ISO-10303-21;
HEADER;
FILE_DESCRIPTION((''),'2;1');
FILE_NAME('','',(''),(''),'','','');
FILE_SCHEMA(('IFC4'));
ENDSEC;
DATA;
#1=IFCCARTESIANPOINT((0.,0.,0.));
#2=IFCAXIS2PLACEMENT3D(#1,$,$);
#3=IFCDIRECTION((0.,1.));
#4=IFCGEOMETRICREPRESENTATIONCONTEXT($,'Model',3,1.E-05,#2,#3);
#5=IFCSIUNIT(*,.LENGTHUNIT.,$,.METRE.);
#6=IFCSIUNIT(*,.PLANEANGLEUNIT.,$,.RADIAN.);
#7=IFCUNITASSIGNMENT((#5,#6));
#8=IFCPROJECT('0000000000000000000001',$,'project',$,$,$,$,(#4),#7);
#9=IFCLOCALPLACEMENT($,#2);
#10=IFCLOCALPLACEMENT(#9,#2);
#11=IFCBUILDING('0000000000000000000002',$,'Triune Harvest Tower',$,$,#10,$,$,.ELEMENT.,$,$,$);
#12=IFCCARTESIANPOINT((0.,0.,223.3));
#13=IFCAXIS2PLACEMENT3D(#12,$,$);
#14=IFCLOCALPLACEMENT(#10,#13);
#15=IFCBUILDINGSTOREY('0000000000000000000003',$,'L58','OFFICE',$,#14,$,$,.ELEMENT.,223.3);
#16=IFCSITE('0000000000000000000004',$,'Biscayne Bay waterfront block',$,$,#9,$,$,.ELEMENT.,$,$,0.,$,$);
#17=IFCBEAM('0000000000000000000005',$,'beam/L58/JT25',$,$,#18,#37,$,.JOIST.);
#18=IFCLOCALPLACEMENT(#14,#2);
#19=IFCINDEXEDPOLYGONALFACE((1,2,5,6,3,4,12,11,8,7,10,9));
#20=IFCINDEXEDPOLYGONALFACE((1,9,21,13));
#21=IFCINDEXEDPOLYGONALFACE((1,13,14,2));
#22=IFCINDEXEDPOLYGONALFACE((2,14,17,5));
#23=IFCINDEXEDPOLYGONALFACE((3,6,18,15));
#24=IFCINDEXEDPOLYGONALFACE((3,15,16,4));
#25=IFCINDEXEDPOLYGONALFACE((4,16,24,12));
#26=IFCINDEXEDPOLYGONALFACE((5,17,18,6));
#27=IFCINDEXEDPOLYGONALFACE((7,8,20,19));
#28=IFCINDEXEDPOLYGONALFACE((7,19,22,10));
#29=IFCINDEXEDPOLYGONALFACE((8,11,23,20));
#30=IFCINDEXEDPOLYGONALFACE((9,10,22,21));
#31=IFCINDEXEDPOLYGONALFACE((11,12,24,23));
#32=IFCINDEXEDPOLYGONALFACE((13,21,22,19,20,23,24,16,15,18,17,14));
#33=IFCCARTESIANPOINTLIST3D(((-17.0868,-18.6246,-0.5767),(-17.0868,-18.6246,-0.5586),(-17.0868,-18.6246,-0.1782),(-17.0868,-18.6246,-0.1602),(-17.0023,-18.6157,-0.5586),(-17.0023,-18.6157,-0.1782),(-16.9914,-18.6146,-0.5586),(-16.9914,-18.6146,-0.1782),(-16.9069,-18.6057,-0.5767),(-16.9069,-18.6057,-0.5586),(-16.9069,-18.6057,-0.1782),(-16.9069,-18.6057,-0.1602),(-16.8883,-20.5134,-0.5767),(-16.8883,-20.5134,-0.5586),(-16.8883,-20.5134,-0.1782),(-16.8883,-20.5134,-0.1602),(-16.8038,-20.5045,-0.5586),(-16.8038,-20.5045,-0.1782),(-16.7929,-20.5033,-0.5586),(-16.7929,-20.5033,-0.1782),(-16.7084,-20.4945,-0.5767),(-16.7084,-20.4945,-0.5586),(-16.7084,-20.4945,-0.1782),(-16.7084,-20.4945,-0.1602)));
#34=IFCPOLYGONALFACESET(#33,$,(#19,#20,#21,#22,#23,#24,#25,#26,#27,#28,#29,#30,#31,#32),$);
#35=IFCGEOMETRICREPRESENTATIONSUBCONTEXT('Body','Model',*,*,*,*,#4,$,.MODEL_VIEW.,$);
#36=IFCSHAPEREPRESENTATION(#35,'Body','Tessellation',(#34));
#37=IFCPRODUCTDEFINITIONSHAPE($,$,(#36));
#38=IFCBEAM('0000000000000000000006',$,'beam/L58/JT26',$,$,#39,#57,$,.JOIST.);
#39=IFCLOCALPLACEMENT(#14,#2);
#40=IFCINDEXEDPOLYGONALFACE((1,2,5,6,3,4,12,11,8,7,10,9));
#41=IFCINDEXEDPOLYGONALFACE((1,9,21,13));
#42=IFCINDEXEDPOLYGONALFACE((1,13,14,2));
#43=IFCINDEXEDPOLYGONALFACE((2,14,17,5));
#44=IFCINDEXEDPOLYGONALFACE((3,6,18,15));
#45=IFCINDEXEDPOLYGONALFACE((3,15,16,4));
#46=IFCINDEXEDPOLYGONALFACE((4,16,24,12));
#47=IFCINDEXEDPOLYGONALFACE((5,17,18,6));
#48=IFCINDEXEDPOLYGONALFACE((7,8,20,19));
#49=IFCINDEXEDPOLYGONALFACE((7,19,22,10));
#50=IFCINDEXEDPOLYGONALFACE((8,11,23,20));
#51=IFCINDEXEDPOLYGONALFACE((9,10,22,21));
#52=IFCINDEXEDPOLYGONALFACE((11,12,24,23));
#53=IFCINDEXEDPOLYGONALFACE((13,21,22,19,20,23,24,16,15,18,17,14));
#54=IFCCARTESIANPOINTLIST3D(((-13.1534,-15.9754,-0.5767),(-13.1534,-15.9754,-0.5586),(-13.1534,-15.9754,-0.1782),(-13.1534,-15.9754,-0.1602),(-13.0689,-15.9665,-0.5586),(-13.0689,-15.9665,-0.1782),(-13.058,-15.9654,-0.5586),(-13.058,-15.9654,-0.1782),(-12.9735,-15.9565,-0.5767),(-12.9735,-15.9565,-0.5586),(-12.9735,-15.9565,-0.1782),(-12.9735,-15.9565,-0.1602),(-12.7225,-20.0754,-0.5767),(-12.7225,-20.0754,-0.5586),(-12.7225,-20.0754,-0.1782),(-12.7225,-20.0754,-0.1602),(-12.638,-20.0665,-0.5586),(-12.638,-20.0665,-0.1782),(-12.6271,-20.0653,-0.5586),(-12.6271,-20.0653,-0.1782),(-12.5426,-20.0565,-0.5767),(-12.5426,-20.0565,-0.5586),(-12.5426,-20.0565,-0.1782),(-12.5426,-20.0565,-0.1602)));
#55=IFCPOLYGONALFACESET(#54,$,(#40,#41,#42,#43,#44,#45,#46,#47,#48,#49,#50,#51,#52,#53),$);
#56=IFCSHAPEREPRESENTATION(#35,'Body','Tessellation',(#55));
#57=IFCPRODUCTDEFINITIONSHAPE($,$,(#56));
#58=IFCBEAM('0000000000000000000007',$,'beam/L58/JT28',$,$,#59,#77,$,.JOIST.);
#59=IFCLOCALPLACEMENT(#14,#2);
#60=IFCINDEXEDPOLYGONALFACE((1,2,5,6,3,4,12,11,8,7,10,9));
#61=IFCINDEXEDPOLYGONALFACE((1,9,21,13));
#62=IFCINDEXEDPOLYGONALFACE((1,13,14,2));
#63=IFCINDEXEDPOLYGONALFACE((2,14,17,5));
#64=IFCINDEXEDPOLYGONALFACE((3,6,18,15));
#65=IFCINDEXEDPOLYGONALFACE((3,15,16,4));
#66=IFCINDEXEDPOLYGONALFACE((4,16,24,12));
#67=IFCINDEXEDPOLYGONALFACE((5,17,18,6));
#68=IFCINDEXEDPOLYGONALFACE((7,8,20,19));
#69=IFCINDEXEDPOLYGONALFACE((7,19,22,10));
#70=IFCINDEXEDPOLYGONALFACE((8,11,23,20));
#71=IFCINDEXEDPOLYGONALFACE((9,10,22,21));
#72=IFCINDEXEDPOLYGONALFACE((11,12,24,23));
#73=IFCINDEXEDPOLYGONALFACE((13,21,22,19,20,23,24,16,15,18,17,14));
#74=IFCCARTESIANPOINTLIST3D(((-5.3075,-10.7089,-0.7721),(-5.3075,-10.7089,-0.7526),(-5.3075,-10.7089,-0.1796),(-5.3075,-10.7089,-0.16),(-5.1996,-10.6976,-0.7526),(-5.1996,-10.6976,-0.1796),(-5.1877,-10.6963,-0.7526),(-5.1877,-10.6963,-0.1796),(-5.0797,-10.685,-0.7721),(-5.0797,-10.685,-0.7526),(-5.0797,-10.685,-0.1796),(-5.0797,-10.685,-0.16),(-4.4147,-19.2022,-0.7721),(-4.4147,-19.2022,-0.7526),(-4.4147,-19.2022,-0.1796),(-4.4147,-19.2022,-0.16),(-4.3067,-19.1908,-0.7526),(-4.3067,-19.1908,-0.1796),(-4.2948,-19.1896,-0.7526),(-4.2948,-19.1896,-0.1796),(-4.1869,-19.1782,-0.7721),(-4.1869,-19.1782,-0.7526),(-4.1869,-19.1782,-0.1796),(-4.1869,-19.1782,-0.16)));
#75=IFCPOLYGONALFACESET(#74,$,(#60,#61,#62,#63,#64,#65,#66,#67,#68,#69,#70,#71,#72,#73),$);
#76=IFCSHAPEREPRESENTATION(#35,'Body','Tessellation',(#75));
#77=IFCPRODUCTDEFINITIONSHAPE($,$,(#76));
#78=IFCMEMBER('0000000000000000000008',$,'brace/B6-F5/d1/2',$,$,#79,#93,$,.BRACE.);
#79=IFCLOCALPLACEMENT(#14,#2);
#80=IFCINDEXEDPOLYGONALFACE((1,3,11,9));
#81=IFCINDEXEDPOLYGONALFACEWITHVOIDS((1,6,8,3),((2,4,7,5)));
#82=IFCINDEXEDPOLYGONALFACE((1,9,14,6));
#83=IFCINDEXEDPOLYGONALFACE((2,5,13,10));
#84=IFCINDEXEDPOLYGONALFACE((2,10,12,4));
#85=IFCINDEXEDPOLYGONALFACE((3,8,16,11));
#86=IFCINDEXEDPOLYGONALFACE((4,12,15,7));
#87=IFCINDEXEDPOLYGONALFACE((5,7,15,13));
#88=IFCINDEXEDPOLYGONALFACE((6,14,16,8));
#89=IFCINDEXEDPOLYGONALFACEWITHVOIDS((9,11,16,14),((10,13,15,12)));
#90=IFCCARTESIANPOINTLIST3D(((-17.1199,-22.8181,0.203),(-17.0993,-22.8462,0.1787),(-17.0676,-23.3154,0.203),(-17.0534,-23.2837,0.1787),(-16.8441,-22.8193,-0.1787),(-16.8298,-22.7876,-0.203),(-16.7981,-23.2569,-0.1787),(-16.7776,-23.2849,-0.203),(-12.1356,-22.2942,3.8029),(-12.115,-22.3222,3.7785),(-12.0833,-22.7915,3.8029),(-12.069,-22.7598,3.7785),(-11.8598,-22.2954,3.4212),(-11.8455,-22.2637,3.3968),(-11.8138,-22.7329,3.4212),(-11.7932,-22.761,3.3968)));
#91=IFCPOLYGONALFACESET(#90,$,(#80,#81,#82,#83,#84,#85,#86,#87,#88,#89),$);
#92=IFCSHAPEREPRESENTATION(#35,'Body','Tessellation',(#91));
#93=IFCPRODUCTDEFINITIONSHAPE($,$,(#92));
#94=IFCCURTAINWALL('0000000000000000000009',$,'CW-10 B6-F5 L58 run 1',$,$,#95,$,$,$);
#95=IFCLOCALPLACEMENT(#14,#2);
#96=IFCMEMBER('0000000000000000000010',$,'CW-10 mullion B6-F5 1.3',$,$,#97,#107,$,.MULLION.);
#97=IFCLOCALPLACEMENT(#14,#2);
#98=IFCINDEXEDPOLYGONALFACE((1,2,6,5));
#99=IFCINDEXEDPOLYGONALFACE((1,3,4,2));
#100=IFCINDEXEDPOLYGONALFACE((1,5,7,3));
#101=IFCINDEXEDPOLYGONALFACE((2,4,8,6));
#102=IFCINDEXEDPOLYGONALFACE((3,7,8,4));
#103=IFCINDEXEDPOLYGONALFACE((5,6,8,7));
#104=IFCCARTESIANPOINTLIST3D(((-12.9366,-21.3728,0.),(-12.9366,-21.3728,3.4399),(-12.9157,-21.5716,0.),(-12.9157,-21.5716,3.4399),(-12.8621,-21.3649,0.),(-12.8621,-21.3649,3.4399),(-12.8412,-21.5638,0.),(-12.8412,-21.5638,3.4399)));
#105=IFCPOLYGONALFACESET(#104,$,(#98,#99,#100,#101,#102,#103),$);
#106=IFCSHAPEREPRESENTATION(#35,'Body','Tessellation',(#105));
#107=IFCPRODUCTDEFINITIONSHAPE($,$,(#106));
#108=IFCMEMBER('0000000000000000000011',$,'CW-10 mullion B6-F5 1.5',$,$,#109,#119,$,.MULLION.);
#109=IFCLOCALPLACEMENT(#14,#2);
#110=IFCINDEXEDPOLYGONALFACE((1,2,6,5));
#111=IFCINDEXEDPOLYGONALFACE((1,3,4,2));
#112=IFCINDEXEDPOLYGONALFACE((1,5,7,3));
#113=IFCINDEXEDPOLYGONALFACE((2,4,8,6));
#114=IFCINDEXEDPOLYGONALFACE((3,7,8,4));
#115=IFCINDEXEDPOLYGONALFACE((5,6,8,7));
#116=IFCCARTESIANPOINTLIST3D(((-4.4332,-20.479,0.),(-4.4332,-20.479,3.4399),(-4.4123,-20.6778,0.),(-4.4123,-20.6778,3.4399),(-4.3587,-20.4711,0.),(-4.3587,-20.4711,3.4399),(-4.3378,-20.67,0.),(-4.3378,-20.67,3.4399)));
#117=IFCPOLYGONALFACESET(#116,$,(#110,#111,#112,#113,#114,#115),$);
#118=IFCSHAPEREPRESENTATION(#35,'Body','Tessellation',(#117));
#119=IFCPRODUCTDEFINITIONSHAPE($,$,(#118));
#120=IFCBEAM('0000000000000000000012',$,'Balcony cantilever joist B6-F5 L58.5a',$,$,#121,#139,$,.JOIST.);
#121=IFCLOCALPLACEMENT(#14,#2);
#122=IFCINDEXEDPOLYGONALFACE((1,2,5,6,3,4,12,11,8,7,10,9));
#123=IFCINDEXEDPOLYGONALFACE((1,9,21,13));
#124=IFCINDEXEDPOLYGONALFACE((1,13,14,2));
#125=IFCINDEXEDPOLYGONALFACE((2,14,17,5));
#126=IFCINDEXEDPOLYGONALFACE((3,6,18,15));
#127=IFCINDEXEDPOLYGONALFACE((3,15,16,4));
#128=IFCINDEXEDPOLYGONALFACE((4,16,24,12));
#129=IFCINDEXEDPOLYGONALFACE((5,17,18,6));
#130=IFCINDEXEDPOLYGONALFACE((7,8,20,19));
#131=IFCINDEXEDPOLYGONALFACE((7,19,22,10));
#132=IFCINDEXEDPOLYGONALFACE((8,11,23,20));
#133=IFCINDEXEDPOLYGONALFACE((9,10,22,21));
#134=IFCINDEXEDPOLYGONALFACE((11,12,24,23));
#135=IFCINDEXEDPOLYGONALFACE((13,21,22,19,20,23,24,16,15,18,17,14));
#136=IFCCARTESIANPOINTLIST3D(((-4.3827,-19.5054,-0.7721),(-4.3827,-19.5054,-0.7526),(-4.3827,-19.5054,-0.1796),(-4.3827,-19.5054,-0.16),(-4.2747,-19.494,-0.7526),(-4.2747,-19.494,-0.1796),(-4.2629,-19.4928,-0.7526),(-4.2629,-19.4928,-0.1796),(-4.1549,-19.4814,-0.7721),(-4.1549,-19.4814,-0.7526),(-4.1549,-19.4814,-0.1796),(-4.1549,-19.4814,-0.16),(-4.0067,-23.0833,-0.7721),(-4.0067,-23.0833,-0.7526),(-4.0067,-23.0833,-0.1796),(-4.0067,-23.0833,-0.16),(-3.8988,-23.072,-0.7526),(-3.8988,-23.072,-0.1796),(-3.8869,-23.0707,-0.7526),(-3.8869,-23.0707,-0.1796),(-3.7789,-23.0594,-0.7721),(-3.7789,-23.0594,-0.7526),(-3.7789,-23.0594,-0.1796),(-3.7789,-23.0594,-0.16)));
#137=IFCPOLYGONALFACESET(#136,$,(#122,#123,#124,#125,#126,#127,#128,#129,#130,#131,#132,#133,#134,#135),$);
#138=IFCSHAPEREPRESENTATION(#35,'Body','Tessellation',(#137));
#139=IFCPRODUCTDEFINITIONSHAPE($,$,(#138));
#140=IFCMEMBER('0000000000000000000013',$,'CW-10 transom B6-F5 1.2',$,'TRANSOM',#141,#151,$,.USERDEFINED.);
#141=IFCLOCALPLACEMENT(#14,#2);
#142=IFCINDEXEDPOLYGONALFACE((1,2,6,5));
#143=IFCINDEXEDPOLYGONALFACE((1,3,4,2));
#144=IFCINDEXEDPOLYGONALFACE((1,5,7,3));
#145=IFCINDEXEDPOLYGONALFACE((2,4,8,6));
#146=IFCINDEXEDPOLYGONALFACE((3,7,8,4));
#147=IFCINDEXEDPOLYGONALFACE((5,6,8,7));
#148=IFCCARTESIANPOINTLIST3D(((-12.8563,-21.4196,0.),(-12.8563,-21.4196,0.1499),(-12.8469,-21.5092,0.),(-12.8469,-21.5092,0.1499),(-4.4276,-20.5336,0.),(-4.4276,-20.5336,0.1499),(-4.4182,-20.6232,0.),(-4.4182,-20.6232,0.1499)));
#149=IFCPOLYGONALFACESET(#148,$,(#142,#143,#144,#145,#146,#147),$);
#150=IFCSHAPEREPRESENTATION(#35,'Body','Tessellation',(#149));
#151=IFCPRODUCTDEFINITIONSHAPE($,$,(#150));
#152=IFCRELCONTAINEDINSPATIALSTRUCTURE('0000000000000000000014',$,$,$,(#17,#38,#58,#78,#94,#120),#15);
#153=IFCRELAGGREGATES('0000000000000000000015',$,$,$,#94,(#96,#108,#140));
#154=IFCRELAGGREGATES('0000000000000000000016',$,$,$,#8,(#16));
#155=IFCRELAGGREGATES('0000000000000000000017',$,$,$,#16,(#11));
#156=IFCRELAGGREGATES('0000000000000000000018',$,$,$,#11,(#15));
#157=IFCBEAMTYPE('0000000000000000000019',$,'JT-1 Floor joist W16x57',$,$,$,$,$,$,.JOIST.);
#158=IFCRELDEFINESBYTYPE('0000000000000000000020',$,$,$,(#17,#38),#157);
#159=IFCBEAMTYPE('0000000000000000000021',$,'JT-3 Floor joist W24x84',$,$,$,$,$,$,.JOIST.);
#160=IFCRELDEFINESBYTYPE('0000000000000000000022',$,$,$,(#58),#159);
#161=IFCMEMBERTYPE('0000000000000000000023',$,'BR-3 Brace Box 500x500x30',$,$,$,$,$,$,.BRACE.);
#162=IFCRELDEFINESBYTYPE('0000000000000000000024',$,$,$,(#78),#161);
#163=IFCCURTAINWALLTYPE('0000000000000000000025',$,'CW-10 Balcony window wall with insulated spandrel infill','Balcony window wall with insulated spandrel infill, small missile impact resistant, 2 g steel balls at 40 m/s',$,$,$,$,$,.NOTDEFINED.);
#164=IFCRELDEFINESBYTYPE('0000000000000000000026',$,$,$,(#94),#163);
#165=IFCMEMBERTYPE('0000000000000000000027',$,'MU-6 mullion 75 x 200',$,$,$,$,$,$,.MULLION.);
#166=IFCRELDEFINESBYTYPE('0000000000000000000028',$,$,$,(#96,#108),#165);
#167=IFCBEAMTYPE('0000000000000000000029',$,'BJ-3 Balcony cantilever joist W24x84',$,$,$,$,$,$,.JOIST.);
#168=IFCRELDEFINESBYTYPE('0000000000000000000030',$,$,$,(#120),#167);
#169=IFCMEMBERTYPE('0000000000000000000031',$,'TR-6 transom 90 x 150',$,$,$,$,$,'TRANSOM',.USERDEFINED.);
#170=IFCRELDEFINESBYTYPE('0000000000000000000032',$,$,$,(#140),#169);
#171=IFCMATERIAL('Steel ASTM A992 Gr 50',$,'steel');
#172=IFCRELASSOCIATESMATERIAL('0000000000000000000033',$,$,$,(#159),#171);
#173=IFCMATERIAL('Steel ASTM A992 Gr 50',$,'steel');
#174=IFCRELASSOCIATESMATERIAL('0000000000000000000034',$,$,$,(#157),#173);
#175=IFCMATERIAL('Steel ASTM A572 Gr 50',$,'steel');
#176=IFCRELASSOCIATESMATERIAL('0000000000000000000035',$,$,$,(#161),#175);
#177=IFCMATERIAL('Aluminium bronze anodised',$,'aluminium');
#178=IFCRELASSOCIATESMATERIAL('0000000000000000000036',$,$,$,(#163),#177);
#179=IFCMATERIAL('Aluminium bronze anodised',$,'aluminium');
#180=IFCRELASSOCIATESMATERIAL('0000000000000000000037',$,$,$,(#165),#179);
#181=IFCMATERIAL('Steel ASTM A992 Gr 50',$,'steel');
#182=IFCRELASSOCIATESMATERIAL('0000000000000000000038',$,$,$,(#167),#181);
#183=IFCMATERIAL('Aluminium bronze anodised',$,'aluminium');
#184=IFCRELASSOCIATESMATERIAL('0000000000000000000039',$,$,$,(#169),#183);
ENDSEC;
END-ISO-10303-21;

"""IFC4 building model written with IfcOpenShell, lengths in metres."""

from ifc_helpers import new_model, si_unit, direction, frame, origin, origin_2d, place, context, subcontext, project, spatial, rectangle, hollow_rectangle, i_section, extrude, source, transform, mapped, material, material_profile, profile_set, type_object, element, aggregate, save


model = new_model("IFC4")

# Units and contexts
model_context = context("Model", 3, precision=1e-05, world=origin(), true_north=direction((0.0, 1.0)))
body_context = subcontext(model_context, "Body", "Model", "MODEL_VIEW")
ifc_project = project(units=[si_unit("LENGTHUNIT", "METRE"), si_unit("PLANEANGLEUNIT", "RADIAN")], contexts=[model_context])

# Site, building, storey
site_placement = place(None, origin())
site = spatial("IfcSite", under=ifc_project, at=site_placement, Name="Biscayne Bay waterfront block", CompositionType="ELEMENT", RefElevation=0.0)
building_placement = place(site_placement, origin())
building = spatial("IfcBuilding", under=site, at=building_placement, Name="Triune Harvest Tower", CompositionType="ELEMENT")
storey_placement = place(building_placement, frame((0.0, 0.0, 223.3)))
storey = spatial("IfcBuildingStorey", under=building, at=storey_placement, Name="L58", Description="OFFICE", CompositionType="ELEMENT", Elevation=223.3)

# Beams
ifc_material_1 = material(Name="Steel ASTM A992 Gr 50", Category="steel")
ifc_material_profile_1 = material_profile(ifc_material_1, i_section(OverallWidth=0.229, OverallDepth=0.6121, WebThickness=0.012, FlangeThickness=0.0195, at=origin_2d()), Name="W24x84")
ifc_profile_set_1 = profile_set([ifc_material_profile_1], Name="Steel ASTM A992 Gr 50")
beam_type_1 = type_object("IfcBeamType", Name="JT-3 Floor joist W24x84", PredefinedType="JOIST", material=ifc_profile_set_1)
ifc_material_2 = material(Name="Steel ASTM A992 Gr 50", Category="steel")
ifc_material_profile_2 = material_profile(ifc_material_2, i_section(OverallWidth=0.1809, OverallDepth=0.4165, WebThickness=0.011, FlangeThickness=0.0181, at=origin_2d()), Name="W16x57")
ifc_profile_set_2 = profile_set([ifc_material_profile_2], Name="Steel ASTM A992 Gr 50")
beam_type_2 = type_object("IfcBeamType", Name="JT-1 Floor joist W16x57", PredefinedType="JOIST", material=ifc_profile_set_2)
shared_shape_1 = source(origin(), body_context, "Body", "SweptSolid", [
    extrude(i_section(OverallWidth=0.1809, OverallDepth=0.4165, WebThickness=0.011, FlangeThickness=0.0181, at=origin_2d()), origin(), (0.0, 0.0, 1.0), 1.8992),
])
beam_1_placement = place(storey_placement, frame((-16.7983, -20.5039, -0.3684), z_axis=(-0.104517, 0.994523, 0.0), x_axis=(-0.994523, -0.104517, 0.0)))
element("IfcBeam", 1, at=beam_1_placement, inside=storey, type_object=beam_type_2, Name="beam/L58/JT25", PredefinedType="JOIST", context=body_context, shape_type="MappedRepresentation", body=[
    mapped(shared_shape_1, transform((0.0, 0.0, 0.0), scale=1.0)),
])
shared_shape_2 = source(origin(), body_context, "Body", "SweptSolid", [
    extrude(i_section(OverallWidth=0.1809, OverallDepth=0.4165, WebThickness=0.011, FlangeThickness=0.0181, at=origin_2d()), origin(), (0.0, 0.0, 1.0), 4.1226),
])
beam_2_placement = place(storey_placement, frame((-12.6326, -20.0659, -0.3684), z_axis=(-0.104521, 0.994523, 0.0), x_axis=(-0.994523, -0.104521, 0.0)))
element("IfcBeam", 2, at=beam_2_placement, inside=storey, type_object=beam_type_2, Name="beam/L58/JT26", PredefinedType="JOIST", context=body_context, shape_type="MappedRepresentation", body=[
    mapped(shared_shape_2, transform((0.0, 0.0, 0.0), scale=1.0)),
])
shared_shape_3 = source(origin(), body_context, "Body", "SweptSolid", [
    extrude(i_section(OverallWidth=0.229, OverallDepth=0.6121, WebThickness=0.012, FlangeThickness=0.0195, at=origin_2d()), origin(), (0.0, 0.0, 1.0), 8.54),
])
beam_3_placement = place(storey_placement, frame((-4.3008, -19.1902, -0.4661), z_axis=(-0.104546, 0.99452, 0.0), x_axis=(-0.99452, -0.104546, 0.0)))
element("IfcBeam", 3, at=beam_3_placement, inside=storey, type_object=beam_type_1, Name="beam/L58/JT28", PredefinedType="JOIST", context=body_context, shape_type="MappedRepresentation", body=[
    mapped(shared_shape_3, transform((0.0, 0.0, 0.0), scale=1.0)),
])

# Member
ifc_material_3 = material(Name="Steel ASTM A572 Gr 50", Category="steel")
ifc_material_profile_3 = material_profile(ifc_material_3, hollow_rectangle(XDim=0.5, YDim=0.5, WallThickness=0.03, at=origin_2d()), Name="Box 500x500x30")
ifc_profile_set_3 = profile_set([ifc_material_profile_3], Name="Steel ASTM A572 Gr 50")
member_type_1 = type_object("IfcMemberType", Name="BR-3 Brace Box 500x500x30", PredefinedType="BRACE", material=ifc_profile_set_3)
shared_shape_4 = source(origin(), body_context, "Body", "SweptSolid", [
    extrude(hollow_rectangle(XDim=0.5, YDim=0.5, WallThickness=0.03, at=origin_2d()), origin(), (0.0, 0.0, 1.0), 6.1707),
])
member_1_placement = place(storey_placement, frame((-16.9487, -23.0515, 0.0), z_axis=(0.80775, 0.084906, 0.583379), x_axis=(-0.104538, 0.994521, 0.0)))
element("IfcMember", 4, at=member_1_placement, inside=storey, type_object=member_type_1, Name="brace/B6-F5/d1/2", PredefinedType="BRACE", context=body_context, shape_type="MappedRepresentation", body=[
    mapped(shared_shape_4, transform((0.0, 0.0, 0.0), scale=1.0)),
])

# Curtain wall, members
ifc_material_4 = material(Name="Aluminium bronze anodised", Category="aluminium")
curtain_wall_type = type_object("IfcCurtainWallType", Name="CW-10 Balcony window wall with insulated spandrel infill", Description="Balcony window wall with insulated spandrel infill, small missile impact resistant, 2 g steel balls at 40 m/s", PredefinedType="NOTDEFINED", material=ifc_material_4)
curtain_wall_placement = place(storey_placement, origin())
curtain_wall = element("IfcCurtainWall", 5, at=curtain_wall_placement, inside=storey, type_object=curtain_wall_type, Name="CW-10 B6-F5 L58 run 1")
ifc_material_5 = material(Name="Aluminium bronze anodised", Category="aluminium")
ifc_material_profile_4 = material_profile(ifc_material_5, rectangle(XDim=0.2, YDim=0.075, at=origin_2d()), Name="MU-6 mullion 75 x 200")
ifc_profile_set_4 = profile_set([ifc_material_profile_4], Name="Aluminium bronze anodised")
member_type_2 = type_object("IfcMemberType", Name="MU-6 mullion 75 x 200", PredefinedType="MULLION", material=ifc_profile_set_4)
shared_shape_5 = source(origin(), body_context, "Body", "SweptSolid", [
    extrude(rectangle(XDim=0.2, YDim=0.075, at=origin_2d()), origin(), (0.0, 0.0, 1.0), 3.4399),
])
member_2_placement = place(storey_placement, frame((-12.8889, -21.4683, 0.0), z_axis=(0.0, 0.0, 1.0), x_axis=(-0.10453, 0.994522, 0.0)))
member_2 = element("IfcMember", 6, at=member_2_placement, type_object=member_type_2, Name="CW-10 mullion B6-F5 1.3", PredefinedType="MULLION", context=body_context, shape_type="MappedRepresentation", body=[
    mapped(shared_shape_5, transform((0.0, 0.0, 0.0), scale=1.0)),
])
member_3_placement = place(storey_placement, frame((-4.3855, -20.5745, 0.0), z_axis=(0.0, 0.0, 1.0), x_axis=(-0.10453, 0.994522, 0.0)))
member_3 = element("IfcMember", 7, at=member_3_placement, type_object=member_type_2, Name="CW-10 mullion B6-F5 1.5", PredefinedType="MULLION", context=body_context, shape_type="MappedRepresentation", body=[
    mapped(shared_shape_5, transform((0.0, 0.0, 0.0), scale=1.0)),
])

# Beam
ifc_material_6 = material(Name="Steel ASTM A992 Gr 50", Category="steel")
ifc_material_profile_5 = material_profile(ifc_material_6, i_section(OverallWidth=0.229, OverallDepth=0.6121, WebThickness=0.012, FlangeThickness=0.0195, at=origin_2d()), Name="W24x84")
ifc_profile_set_5 = profile_set([ifc_material_profile_5], Name="Steel ASTM A992 Gr 50")
beam_type_3 = type_object("IfcBeamType", Name="BJ-3 Balcony cantilever joist W24x84", PredefinedType="JOIST", material=ifc_profile_set_5)
shared_shape_6 = source(origin(), body_context, "Body", "SweptSolid", [
    extrude(i_section(OverallWidth=0.229, OverallDepth=0.6121, WebThickness=0.012, FlangeThickness=0.0195, at=origin_2d()), origin(), (0.0, 0.0, 1.0), 3.5977),
])
beam_4_placement = place(storey_placement, frame((-4.2688, -19.4934, -0.4661), z_axis=(0.104508, -0.994524, 0.0), x_axis=(0.994524, 0.104508, 0.0)))
element("IfcBeam", 8, at=beam_4_placement, inside=storey, type_object=beam_type_3, Name="Balcony cantilever joist B6-F5 L58.5a", PredefinedType="JOIST", context=body_context, shape_type="MappedRepresentation", body=[
    mapped(shared_shape_6, transform((0.0, 0.0, 0.0), scale=1.0)),
])

# Member
ifc_material_7 = material(Name="Aluminium bronze anodised", Category="aluminium")
ifc_material_profile_6 = material_profile(ifc_material_7, rectangle(XDim=0.0901, YDim=0.1499, at=origin_2d()), Name="TR-6 transom 90 x 150")
ifc_profile_set_6 = profile_set([ifc_material_profile_6], Name="Aluminium bronze anodised")
member_type_3 = type_object("IfcMemberType", Name="TR-6 transom 90 x 150", ElementType="TRANSOM", PredefinedType="USERDEFINED", material=ifc_profile_set_6)
shared_shape_7 = source(origin(), body_context, "Body", "SweptSolid", [
    extrude(rectangle(XDim=0.0901, YDim=0.1499, at=origin_2d()), origin(), (0.0, 0.0, 1.0), 8.4751),
])
member_4_placement = place(storey_placement, frame((-12.8516, -21.4644, 0.075), z_axis=(0.994521, 0.104539, 0.0), x_axis=(-0.104539, 0.994521, 0.0)))
member_4 = element("IfcMember", 9, at=member_4_placement, type_object=member_type_3, Name="CW-10 transom B6-F5 1.2", ObjectType="TRANSOM", PredefinedType="USERDEFINED", context=body_context, shape_type="MappedRepresentation", body=[
    mapped(shared_shape_7, transform((0.0, 0.0, 0.0), scale=1.0)),
])

aggregate(curtain_wall, [member_2, member_3, member_4])

save(model, "model.ifc")
